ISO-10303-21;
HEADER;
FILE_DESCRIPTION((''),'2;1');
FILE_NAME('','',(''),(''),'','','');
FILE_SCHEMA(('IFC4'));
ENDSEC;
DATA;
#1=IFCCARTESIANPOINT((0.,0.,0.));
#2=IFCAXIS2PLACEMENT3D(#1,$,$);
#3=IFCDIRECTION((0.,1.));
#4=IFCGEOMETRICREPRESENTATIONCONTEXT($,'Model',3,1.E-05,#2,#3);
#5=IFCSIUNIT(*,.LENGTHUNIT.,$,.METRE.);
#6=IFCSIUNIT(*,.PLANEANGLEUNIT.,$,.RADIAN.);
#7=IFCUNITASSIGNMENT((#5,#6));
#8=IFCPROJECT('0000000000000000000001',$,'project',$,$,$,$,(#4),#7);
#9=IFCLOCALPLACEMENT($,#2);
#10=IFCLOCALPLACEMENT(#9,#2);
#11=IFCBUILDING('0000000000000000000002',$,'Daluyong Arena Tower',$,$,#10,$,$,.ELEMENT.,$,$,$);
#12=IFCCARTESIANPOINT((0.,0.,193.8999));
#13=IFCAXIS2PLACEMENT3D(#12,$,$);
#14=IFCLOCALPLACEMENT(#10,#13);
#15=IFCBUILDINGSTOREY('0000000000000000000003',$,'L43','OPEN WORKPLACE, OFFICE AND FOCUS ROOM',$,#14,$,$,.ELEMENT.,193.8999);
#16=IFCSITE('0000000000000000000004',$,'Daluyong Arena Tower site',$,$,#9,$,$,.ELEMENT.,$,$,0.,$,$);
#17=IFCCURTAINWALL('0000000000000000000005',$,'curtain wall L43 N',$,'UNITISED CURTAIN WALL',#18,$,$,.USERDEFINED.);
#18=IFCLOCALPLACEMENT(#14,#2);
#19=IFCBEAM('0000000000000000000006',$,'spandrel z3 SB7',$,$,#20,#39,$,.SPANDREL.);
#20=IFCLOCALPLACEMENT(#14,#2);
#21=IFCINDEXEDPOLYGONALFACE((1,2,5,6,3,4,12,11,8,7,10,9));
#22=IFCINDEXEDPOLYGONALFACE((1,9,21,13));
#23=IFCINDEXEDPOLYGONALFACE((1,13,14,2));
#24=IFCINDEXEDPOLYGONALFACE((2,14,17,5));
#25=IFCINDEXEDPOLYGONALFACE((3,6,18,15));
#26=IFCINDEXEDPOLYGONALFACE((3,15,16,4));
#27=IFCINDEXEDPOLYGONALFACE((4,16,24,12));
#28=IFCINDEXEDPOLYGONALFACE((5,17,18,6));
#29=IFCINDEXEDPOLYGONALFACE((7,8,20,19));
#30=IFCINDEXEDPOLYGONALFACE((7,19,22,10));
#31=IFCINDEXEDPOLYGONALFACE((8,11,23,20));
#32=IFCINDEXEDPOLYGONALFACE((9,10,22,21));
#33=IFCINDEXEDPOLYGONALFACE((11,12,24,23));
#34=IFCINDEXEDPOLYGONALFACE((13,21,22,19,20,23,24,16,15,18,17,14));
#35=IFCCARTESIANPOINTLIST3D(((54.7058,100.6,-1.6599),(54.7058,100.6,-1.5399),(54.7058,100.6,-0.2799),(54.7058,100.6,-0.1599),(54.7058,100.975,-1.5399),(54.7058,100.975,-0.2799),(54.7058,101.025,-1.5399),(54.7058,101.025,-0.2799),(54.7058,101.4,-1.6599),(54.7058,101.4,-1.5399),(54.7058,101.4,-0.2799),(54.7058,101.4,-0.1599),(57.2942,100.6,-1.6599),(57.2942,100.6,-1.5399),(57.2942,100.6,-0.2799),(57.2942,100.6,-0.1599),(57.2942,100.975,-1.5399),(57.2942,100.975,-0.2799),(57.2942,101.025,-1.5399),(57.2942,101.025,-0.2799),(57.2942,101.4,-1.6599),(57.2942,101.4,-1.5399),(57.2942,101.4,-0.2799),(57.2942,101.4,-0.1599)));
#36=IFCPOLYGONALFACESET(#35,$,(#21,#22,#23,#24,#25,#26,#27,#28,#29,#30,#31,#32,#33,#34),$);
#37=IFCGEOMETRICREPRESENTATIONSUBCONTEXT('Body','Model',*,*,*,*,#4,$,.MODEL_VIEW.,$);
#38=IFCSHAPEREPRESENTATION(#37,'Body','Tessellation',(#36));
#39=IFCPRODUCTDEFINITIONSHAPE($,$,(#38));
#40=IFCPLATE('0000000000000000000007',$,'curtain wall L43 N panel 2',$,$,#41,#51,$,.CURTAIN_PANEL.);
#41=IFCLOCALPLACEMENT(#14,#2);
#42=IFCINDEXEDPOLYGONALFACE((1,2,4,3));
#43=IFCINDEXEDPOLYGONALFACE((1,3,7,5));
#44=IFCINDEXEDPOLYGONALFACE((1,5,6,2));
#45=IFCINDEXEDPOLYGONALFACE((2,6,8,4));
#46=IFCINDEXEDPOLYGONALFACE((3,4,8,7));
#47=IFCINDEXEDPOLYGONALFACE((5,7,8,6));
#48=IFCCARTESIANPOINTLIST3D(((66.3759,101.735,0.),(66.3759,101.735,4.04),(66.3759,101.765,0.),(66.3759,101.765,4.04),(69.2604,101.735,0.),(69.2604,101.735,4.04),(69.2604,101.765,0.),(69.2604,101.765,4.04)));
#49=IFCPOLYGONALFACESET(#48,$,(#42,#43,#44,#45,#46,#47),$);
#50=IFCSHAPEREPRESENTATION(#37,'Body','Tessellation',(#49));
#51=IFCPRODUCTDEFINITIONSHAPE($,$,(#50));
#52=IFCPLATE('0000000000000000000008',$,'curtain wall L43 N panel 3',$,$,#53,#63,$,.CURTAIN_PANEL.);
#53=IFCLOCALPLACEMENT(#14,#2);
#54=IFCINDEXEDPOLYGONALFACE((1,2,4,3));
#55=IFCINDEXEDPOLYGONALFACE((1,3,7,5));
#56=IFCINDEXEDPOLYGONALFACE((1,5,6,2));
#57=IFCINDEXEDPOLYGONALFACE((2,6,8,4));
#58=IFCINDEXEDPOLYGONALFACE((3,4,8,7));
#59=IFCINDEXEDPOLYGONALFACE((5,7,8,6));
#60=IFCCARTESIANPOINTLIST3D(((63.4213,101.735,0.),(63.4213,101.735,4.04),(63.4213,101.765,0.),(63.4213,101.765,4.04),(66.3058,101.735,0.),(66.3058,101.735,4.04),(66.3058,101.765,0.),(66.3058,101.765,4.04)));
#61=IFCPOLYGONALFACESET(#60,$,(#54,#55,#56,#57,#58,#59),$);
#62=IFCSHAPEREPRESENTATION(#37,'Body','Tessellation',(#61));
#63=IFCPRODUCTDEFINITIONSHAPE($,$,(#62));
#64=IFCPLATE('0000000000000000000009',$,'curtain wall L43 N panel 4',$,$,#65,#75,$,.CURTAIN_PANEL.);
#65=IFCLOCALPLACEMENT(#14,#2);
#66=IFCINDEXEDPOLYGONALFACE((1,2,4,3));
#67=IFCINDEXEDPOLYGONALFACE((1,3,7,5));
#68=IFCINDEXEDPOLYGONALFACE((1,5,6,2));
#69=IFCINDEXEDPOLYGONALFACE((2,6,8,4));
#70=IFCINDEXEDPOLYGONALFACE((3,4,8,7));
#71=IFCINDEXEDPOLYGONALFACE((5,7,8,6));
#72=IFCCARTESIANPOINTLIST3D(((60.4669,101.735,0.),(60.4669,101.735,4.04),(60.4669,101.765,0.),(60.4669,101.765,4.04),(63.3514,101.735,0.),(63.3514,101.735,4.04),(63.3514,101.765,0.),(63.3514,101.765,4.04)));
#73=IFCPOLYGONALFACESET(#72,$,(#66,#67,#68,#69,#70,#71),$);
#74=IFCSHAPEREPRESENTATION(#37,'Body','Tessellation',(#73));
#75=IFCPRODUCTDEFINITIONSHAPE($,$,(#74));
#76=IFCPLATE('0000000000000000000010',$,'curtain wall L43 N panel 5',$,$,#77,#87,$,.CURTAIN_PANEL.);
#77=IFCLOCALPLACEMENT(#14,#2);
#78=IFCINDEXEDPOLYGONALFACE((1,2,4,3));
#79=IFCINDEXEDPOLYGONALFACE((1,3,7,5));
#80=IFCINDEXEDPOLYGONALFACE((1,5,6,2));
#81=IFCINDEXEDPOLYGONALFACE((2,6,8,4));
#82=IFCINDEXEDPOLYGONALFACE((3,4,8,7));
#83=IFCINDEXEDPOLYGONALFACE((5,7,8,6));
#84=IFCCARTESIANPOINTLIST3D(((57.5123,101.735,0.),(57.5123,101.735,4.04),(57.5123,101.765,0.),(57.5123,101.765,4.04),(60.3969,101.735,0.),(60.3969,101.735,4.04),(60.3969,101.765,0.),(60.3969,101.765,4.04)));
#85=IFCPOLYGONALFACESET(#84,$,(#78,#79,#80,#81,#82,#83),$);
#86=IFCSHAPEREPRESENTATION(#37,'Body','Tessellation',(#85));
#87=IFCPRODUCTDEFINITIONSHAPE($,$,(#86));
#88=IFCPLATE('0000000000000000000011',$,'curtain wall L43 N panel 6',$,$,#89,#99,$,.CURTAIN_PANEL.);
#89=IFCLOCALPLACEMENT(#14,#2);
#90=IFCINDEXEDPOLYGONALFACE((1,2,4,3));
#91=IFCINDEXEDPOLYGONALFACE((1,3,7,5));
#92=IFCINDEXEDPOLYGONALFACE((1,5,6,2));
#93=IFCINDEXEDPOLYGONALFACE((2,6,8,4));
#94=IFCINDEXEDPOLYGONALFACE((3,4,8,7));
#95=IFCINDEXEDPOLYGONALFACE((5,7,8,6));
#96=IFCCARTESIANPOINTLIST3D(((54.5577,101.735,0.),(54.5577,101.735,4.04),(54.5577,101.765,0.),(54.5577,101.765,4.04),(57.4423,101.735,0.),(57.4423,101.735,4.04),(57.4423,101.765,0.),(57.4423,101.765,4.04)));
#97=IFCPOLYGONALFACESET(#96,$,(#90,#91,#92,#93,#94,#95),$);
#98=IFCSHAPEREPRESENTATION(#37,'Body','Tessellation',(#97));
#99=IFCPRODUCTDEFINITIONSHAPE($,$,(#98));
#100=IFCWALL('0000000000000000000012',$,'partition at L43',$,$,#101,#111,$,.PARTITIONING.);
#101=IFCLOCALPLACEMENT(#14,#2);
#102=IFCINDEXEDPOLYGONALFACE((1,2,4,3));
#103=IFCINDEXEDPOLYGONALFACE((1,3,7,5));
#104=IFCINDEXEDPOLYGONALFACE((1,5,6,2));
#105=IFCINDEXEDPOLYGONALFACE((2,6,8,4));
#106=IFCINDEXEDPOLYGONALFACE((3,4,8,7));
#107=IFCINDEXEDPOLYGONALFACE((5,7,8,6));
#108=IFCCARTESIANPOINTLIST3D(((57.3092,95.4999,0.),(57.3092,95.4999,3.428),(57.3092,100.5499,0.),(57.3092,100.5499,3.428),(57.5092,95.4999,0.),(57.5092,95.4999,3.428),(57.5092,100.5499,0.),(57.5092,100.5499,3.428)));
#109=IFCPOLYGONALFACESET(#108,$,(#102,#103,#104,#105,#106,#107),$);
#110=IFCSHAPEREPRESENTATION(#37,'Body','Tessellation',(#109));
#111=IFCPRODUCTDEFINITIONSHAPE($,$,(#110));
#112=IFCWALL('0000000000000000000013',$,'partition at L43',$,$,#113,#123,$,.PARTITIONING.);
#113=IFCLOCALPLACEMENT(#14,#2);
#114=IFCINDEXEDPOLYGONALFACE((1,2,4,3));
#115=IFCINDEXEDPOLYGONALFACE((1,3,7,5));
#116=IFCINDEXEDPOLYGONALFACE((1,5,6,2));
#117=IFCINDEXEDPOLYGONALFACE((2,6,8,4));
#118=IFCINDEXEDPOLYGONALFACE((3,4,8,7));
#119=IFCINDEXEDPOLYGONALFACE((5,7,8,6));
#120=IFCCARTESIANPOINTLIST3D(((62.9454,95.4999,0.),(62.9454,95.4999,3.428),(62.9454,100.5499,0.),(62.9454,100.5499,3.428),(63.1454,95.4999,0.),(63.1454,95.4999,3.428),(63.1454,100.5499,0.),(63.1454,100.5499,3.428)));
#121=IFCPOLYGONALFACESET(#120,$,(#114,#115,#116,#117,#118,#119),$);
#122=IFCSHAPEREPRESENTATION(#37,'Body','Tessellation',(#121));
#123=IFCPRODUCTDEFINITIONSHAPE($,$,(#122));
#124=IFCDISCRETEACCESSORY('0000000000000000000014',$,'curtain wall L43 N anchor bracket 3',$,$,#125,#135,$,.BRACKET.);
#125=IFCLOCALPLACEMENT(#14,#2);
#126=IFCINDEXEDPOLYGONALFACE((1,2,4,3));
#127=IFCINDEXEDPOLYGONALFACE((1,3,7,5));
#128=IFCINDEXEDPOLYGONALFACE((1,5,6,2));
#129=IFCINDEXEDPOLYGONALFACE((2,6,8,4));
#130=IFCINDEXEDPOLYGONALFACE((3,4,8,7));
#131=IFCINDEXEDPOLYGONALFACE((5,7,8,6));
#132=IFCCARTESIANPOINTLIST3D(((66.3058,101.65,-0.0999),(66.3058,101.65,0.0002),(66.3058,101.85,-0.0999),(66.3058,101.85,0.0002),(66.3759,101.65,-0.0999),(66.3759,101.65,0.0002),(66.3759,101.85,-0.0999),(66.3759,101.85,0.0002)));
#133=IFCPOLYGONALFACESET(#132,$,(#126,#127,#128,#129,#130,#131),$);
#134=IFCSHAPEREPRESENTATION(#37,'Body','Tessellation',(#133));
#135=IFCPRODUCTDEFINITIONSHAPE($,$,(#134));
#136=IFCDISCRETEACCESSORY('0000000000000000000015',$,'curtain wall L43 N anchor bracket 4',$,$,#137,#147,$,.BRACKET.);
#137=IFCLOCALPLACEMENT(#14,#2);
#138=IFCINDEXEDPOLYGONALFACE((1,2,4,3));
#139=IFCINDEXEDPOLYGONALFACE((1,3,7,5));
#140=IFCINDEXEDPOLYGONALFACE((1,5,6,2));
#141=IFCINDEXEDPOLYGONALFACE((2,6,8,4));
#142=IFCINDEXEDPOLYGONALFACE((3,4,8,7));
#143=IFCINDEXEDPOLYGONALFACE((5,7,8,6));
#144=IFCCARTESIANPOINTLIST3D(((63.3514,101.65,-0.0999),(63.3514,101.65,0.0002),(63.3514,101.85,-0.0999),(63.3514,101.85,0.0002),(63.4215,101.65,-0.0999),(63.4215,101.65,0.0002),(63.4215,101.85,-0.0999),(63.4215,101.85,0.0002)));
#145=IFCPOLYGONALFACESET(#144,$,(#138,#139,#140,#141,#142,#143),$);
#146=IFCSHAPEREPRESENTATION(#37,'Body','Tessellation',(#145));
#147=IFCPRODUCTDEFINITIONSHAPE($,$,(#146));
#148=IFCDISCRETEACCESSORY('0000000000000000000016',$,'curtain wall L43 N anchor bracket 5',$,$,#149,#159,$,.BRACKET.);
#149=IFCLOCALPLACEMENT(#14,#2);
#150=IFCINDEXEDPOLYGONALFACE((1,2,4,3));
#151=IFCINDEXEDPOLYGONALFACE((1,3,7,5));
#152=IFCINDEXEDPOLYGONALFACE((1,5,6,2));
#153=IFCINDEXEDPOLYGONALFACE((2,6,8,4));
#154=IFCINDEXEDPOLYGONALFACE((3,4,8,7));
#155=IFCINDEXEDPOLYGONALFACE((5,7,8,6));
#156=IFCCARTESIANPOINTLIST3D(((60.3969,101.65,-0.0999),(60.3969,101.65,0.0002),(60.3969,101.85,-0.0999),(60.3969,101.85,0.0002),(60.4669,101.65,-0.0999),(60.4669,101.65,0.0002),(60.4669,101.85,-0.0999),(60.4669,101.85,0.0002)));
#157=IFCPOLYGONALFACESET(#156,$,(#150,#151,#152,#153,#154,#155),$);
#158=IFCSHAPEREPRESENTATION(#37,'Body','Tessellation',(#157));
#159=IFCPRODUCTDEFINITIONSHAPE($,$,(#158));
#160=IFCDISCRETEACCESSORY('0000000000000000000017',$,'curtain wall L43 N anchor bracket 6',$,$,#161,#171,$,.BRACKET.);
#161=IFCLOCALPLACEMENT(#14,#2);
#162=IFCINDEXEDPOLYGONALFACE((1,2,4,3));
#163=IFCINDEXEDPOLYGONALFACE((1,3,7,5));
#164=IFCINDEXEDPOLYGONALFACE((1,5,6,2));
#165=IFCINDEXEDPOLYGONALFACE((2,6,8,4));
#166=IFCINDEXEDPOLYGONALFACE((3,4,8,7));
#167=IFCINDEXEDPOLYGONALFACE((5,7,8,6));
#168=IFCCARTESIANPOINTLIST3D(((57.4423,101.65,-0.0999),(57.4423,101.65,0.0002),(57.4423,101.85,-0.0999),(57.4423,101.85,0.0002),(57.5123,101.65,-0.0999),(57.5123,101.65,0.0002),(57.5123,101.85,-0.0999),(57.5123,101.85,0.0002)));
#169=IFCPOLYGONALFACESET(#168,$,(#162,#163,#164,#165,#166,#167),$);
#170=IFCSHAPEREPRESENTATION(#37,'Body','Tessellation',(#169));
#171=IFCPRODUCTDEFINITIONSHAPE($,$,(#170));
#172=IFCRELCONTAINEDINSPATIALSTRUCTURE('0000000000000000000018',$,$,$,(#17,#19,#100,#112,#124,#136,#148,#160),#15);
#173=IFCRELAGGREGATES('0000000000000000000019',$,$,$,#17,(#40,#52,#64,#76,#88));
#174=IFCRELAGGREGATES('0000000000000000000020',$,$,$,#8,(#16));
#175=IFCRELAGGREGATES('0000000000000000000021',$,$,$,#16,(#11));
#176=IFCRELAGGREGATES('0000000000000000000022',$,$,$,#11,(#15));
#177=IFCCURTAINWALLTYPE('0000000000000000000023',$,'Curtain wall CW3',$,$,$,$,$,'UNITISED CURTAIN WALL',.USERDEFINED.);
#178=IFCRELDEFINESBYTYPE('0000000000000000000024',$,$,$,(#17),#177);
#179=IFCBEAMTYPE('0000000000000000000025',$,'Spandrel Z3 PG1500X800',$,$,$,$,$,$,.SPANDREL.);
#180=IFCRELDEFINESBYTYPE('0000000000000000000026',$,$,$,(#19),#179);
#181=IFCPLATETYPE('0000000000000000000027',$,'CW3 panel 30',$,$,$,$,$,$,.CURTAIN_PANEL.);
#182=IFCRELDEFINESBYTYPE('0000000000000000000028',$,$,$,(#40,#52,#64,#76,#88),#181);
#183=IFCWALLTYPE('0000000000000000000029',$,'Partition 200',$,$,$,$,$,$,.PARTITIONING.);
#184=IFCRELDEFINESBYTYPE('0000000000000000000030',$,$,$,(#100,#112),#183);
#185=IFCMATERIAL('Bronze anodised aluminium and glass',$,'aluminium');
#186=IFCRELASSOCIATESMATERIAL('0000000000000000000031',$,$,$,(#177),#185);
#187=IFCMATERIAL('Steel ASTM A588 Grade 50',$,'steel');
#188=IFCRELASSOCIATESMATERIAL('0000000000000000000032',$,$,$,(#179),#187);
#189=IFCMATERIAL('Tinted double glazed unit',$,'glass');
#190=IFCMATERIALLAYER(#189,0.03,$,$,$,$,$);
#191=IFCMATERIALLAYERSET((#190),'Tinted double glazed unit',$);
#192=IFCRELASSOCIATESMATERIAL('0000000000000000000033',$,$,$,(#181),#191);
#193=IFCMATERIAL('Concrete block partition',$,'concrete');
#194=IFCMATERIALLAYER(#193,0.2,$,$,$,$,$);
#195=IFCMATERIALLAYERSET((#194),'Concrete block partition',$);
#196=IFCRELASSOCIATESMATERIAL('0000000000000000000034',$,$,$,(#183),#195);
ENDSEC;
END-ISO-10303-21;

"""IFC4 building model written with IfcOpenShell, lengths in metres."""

from ifc_helpers import new_model, si_unit, direction, frame, frame_2d, origin, origin_2d, place, context, subcontext, project, spatial, rectangle, i_section, extrude, material, layer, layer_set, material_profile, profile_set, type_object, element, aggregate, save


model = new_model("IFC4")

# Units and contexts
model_context = context("Model", 3, precision=1e-05, world=origin(), true_north=direction((0.0, 1.0)))
body_context = subcontext(model_context, "Body", "Model", "MODEL_VIEW")
ifc_project = project(units=[si_unit("LENGTHUNIT", "METRE"), si_unit("PLANEANGLEUNIT", "RADIAN")], contexts=[model_context])

# Site, building, storey
site_placement = place(None, origin())
site = spatial("IfcSite", under=ifc_project, at=site_placement, Name="Daluyong Arena Tower site", CompositionType="ELEMENT", RefElevation=0.0)
building_placement = place(site_placement, origin())
building = spatial("IfcBuilding", under=site, at=building_placement, Name="Daluyong Arena Tower", CompositionType="ELEMENT")
storey_placement = place(building_placement, frame((0.0, 0.0, 193.8999)))
storey = spatial("IfcBuildingStorey", under=building, at=storey_placement, Name="L43", Description="OPEN WORKPLACE, OFFICE AND FOCUS ROOM", CompositionType="ELEMENT", Elevation=193.8999)

# Curtain wall
ifc_material_1 = material(Name="Bronze anodised aluminium and glass", Category="aluminium")
curtain_wall_type = type_object("IfcCurtainWallType", Name="Curtain wall CW3", ElementType="UNITISED CURTAIN WALL", PredefinedType="USERDEFINED", material=ifc_material_1)
curtain_wall_placement = place(storey_placement, origin())
curtain_wall = element("IfcCurtainWall", 1, at=curtain_wall_placement, inside=storey, type_object=curtain_wall_type, Name="curtain wall L43 N", ObjectType="UNITISED CURTAIN WALL", PredefinedType="USERDEFINED")

# Beam
ifc_material_2 = material(Name="Steel ASTM A588 Grade 50", Category="steel")
ifc_material_profile_1 = material_profile(ifc_material_2, i_section(OverallWidth=0.8, OverallDepth=1.5, WebThickness=0.05, FlangeThickness=0.12, at=origin_2d()))
ifc_profile_set_1 = profile_set([ifc_material_profile_1], Name="Steel ASTM A588 Grade 50")
beam_type_1 = type_object("IfcBeamType", Name="Spandrel Z3 PG1500X800", PredefinedType="SPANDREL", material=ifc_profile_set_1)
beam_1_placement = place(storey_placement, frame((57.2942, 101.0, -0.9099), z_axis=(-1.0, 0.0, 0.0), x_axis=(0.0, -1.0, 0.0)))
element("IfcBeam", 2, at=beam_1_placement, inside=storey, type_object=beam_type_1, Name="spandrel z3 SB7", PredefinedType="SPANDREL", context=body_context, shape_type="SweptSolid", body=[
    extrude(i_section(OverallWidth=0.8, OverallDepth=1.5, WebThickness=0.05, FlangeThickness=0.12, at=origin_2d()), origin(), (0.0, 0.0, 1.0), 2.5884),
])

# Plates
ifc_material_3 = material(Name="Tinted double glazed unit", Category="glass")
ifc_layer_1 = layer(ifc_material_3, 0.03)
ifc_layer_set_1 = layer_set([ifc_layer_1], Name="Tinted double glazed unit")
plate_type = type_object("IfcPlateType", Name="CW3 panel 30", PredefinedType="CURTAIN_PANEL", material=ifc_layer_set_1)
plate_1_placement = place(storey_placement, frame((67.8181, 101.75, 0.0), z_axis=(0.0, 0.0, 1.0), x_axis=(-1.0, 0.0, 0.0)))
plate_1 = element("IfcPlate", 3, at=plate_1_placement, type_object=plate_type, Name="curtain wall L43 N panel 2", PredefinedType="CURTAIN_PANEL", context=body_context, shape_type="SweptSolid", body=[
    extrude(rectangle(XDim=2.8845, YDim=0.03, at=origin_2d()), origin(), (0.0, 0.0, 1.0), 4.04),
])
plate_2_placement = place(storey_placement, frame((64.8635, 101.75, 0.0), z_axis=(0.0, 0.0, 1.0), x_axis=(-1.0, 0.0, 0.0)))
plate_2 = element("IfcPlate", 4, at=plate_2_placement, type_object=plate_type, Name="curtain wall L43 N panel 3", PredefinedType="CURTAIN_PANEL", context=body_context, shape_type="SweptSolid", body=[
    extrude(rectangle(XDim=2.8845, YDim=0.03, at=origin_2d()), origin(), (0.0, 0.0, 1.0), 4.04),
])
plate_3_placement = place(storey_placement, frame((61.9092, 101.75, 0.0), z_axis=(0.0, 0.0, 1.0), x_axis=(-1.0, 0.0, 0.0)))
plate_3 = element("IfcPlate", 5, at=plate_3_placement, type_object=plate_type, Name="curtain wall L43 N panel 4", PredefinedType="CURTAIN_PANEL", context=body_context, shape_type="SweptSolid", body=[
    extrude(rectangle(XDim=2.8845, YDim=0.03, at=origin_2d()), origin(), (0.0, 0.0, 1.0), 4.04),
])
plate_4_placement = place(storey_placement, frame((58.9546, 101.75, 0.0), z_axis=(0.0, 0.0, 1.0), x_axis=(-1.0, 0.0, 0.0)))
plate_4 = element("IfcPlate", 6, at=plate_4_placement, type_object=plate_type, Name="curtain wall L43 N panel 5", PredefinedType="CURTAIN_PANEL", context=body_context, shape_type="SweptSolid", body=[
    extrude(rectangle(XDim=2.8845, YDim=0.03, at=origin_2d()), origin(), (0.0, 0.0, 1.0), 4.04),
])
plate_5_placement = place(storey_placement, frame((56.0, 101.75, 0.0), z_axis=(0.0, 0.0, 1.0), x_axis=(-1.0, 0.0, 0.0)))
plate_5 = element("IfcPlate", 7, at=plate_5_placement, type_object=plate_type, Name="curtain wall L43 N panel 6", PredefinedType="CURTAIN_PANEL", context=body_context, shape_type="SweptSolid", body=[
    extrude(rectangle(XDim=2.8845, YDim=0.03, at=origin_2d()), origin(), (0.0, 0.0, 1.0), 4.04),
])
aggregate(curtain_wall, [plate_1, plate_2, plate_3, plate_4, plate_5])

# Walls
ifc_material_4 = material(Name="Concrete block partition", Category="concrete")
ifc_layer_2 = layer(ifc_material_4, 0.2)
ifc_layer_set_2 = layer_set([ifc_layer_2], Name="Concrete block partition")
wall_type = type_object("IfcWallType", Name="Partition 200", PredefinedType="PARTITIONING", material=ifc_layer_set_2)
for number, where, z_axis, x_axis, name in (
    (8, (57.4092, 95.5, 0.0), (0.0, 0.0, 1.0), (0.0, 1.0, 0.0), "partition at L43"),
    (9, (63.0454, 95.5, 0.0), (0.0, 0.0, 1.0), (0.0, 1.0, 0.0), "partition at L43"),
):
    element("IfcWall", number, at=place(storey_placement, frame(where, z_axis=z_axis, x_axis=x_axis)), inside=storey, type_object=wall_type, Name=name, PredefinedType="PARTITIONING", context=body_context, shape_type="SweptSolid", body=[
        extrude(rectangle(XDim=5.05, YDim=0.2, at=frame_2d((2.5249, 0.0))), origin(), (0.0, 0.0, 1.0), 3.428),
    ])

# Discrete accessories
for number, where, z_axis, x_axis, name in (
    (10, (66.3408, 101.75, -0.0999), (0.0, 0.0, 1.0), (-1.0, 0.0, 0.0), "curtain wall L43 N anchor bracket 3"),
    (11, (63.3865, 101.75, -0.0999), (0.0, 0.0, 1.0), (-1.0, 0.0, 0.0), "curtain wall L43 N anchor bracket 4"),
    (12, (60.4319, 101.75, -0.0999), (0.0, 0.0, 1.0), (-1.0, 0.0, 0.0), "curtain wall L43 N anchor bracket 5"),
    (13, (57.4773, 101.75, -0.0999), (0.0, 0.0, 1.0), (-1.0, 0.0, 0.0), "curtain wall L43 N anchor bracket 6"),
):
    element("IfcDiscreteAccessory", number, at=place(storey_placement, frame(where, z_axis=z_axis, x_axis=x_axis)), inside=storey, Name=name, PredefinedType="BRACKET", context=body_context, shape_type="SweptSolid", body=[
        extrude(rectangle(XDim=0.0701, YDim=0.2, at=origin_2d()), origin(), (0.0, 0.0, 1.0), 0.1001),
    ])

save(model, "model.ifc")
